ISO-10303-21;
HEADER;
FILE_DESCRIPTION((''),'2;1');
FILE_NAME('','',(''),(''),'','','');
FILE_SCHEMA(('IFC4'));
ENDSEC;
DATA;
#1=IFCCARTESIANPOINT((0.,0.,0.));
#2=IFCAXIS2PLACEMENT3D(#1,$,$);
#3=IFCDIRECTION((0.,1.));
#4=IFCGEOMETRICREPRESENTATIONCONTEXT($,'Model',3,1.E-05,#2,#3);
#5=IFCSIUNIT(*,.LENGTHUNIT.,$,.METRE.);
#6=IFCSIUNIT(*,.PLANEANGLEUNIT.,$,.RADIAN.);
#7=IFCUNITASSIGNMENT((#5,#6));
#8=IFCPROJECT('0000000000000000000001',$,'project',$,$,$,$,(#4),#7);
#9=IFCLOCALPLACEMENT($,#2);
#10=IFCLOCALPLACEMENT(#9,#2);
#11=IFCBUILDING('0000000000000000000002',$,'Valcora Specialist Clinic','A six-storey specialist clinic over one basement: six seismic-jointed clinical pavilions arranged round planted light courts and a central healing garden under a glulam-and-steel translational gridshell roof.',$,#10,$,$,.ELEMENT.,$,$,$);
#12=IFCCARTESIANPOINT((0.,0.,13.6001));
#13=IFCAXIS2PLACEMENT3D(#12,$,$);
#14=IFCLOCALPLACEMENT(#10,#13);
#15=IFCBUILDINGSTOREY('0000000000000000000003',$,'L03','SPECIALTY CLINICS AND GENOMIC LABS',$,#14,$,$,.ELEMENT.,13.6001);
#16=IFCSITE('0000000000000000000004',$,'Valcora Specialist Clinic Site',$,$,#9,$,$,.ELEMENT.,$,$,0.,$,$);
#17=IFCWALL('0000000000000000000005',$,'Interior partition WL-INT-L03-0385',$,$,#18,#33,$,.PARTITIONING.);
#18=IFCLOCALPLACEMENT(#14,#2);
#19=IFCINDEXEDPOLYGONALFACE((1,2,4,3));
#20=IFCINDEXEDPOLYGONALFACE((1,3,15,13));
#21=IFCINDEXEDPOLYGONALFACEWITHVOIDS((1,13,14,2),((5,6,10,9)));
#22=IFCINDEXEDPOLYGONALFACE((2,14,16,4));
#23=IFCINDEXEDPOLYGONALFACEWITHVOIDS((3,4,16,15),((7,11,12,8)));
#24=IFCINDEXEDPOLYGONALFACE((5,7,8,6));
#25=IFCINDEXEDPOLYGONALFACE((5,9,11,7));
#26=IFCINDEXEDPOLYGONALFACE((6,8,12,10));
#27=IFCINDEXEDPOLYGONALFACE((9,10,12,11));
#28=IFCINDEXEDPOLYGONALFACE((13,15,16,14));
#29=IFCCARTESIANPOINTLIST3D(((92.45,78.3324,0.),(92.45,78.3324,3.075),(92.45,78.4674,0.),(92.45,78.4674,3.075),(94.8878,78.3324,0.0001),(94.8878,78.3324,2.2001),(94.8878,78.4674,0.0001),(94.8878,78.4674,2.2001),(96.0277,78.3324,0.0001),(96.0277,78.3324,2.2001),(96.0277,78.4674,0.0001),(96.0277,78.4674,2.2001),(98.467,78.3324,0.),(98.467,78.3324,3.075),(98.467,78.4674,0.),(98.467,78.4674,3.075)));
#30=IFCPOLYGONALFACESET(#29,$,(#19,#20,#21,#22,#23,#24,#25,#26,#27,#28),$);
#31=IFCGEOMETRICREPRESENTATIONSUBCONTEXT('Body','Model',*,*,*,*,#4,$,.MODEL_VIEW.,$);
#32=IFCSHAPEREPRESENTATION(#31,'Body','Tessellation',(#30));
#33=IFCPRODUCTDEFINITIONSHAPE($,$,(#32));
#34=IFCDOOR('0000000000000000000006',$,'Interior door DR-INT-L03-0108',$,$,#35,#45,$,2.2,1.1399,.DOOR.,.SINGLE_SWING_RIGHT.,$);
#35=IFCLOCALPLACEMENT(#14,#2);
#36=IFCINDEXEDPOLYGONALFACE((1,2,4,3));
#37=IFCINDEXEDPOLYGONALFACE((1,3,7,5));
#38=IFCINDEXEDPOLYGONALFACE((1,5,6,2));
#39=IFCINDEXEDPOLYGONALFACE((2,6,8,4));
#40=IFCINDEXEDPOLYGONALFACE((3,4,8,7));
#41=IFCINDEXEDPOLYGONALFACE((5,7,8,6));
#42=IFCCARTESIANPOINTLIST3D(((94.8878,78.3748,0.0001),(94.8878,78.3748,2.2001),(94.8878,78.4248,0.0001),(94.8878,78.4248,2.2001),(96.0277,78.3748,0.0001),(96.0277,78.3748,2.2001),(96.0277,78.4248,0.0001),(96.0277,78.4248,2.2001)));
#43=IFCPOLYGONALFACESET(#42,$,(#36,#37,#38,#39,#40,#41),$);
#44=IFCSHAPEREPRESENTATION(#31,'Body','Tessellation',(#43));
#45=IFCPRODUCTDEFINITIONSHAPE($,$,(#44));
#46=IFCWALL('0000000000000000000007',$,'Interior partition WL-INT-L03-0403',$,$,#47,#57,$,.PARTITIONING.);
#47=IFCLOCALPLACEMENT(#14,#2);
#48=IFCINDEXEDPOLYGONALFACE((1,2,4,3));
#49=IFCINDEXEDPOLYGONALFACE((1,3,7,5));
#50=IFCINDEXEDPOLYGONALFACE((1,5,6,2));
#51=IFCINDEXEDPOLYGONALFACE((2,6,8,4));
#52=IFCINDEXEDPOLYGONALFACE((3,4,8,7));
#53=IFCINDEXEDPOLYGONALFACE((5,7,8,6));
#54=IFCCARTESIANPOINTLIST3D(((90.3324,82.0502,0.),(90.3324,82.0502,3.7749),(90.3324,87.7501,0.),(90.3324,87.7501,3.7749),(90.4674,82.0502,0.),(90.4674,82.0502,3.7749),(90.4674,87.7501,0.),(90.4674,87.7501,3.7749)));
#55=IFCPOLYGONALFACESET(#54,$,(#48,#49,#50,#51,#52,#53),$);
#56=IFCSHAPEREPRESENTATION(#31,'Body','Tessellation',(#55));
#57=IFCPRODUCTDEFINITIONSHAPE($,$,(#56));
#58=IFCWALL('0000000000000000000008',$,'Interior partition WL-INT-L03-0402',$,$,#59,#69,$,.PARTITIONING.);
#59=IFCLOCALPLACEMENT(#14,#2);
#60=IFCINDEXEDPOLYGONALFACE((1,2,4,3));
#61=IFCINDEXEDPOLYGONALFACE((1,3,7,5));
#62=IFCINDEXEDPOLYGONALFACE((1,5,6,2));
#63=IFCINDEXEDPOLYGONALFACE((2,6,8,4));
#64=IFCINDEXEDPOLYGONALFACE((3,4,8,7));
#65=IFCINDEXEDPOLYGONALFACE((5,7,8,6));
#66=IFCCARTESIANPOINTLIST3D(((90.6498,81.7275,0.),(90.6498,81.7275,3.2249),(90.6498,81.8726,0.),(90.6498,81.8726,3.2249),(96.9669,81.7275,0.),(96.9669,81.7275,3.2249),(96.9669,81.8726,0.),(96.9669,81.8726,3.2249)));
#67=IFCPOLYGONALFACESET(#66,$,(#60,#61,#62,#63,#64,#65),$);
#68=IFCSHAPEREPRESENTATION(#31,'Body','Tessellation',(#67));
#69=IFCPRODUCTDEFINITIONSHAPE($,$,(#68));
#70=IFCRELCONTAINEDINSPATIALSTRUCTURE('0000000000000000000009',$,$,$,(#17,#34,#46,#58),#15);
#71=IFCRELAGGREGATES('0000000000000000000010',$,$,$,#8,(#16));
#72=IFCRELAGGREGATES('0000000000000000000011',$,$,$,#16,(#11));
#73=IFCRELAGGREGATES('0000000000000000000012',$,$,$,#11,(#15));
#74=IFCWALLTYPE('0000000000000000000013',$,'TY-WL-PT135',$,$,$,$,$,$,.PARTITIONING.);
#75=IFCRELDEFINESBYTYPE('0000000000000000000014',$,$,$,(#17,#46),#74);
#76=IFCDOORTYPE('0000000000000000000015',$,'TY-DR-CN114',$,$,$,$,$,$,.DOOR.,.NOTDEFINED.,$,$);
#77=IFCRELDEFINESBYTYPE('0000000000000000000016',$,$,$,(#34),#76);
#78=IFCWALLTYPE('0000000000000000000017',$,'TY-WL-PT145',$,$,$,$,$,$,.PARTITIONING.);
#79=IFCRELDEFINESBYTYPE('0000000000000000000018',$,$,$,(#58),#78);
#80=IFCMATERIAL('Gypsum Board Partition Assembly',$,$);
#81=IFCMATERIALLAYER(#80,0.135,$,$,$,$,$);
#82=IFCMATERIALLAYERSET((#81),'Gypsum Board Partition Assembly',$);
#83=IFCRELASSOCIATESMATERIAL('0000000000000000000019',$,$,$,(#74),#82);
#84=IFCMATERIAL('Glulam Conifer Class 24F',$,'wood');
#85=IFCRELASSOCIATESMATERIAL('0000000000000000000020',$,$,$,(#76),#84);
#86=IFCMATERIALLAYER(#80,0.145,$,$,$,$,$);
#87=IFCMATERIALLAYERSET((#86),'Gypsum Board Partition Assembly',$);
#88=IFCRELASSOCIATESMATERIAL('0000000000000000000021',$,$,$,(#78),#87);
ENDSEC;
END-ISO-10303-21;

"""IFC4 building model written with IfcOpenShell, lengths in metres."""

from ifc_helpers import new_model, si_unit, direction, frame, frame_2d, origin, place, context, subcontext, project, spatial, rectangle, extrude, material, layer, layer_set, type_object, element, fill, save


model = new_model("IFC4")

# Units and contexts
model_context = context("Model", 3, precision=1e-05, world=origin(), true_north=direction((0.0, 1.0)))
body_context = subcontext(model_context, "Body", "Model", "MODEL_VIEW")
ifc_project = project(units=[si_unit("LENGTHUNIT", "METRE"), si_unit("PLANEANGLEUNIT", "RADIAN")], contexts=[model_context])

# Site, building, storey
site_placement = place(None, origin())
site = spatial("IfcSite", under=ifc_project, at=site_placement, Name="Valcora Specialist Clinic Site", CompositionType="ELEMENT", RefElevation=0.0)
building_placement = place(site_placement, origin())
building = spatial("IfcBuilding", under=site, at=building_placement, Name="Valcora Specialist Clinic", Description="A six-storey specialist clinic over one basement: six seismic-jointed clinical pavilions arranged round planted light courts and a central healing garden under a glulam-and-steel translational gridshell roof.", CompositionType="ELEMENT")
storey_placement = place(building_placement, frame((0.0, 0.0, 13.6001)))
storey = spatial("IfcBuildingStorey", under=building, at=storey_placement, Name="L03", Description="SPECIALTY CLINICS AND GENOMIC LABS", CompositionType="ELEMENT", Elevation=13.6001)

# Shared definitions
ifc_material_1 = material(Name="Gypsum Board Partition Assembly")

# Shared definitions
ifc_material_2 = material(Name="Glulam Conifer Class 24F", Category="wood")

# Wall, opening, door
ifc_layer_1 = layer(ifc_material_1, 0.135)
ifc_layer_set_1 = layer_set([ifc_layer_1], Name="Gypsum Board Partition Assembly")
wall_type_1 = type_object("IfcWallType", Name="TY-WL-PT135", PredefinedType="PARTITIONING", material=ifc_layer_set_1)
wall_1_placement = place(storey_placement, frame((92.45, 78.3999, 0.0), z_axis=(0.0, 0.0, 1.0), x_axis=(1.0, 0.0, 0.0)))
wall_1 = element("IfcWall", 1, at=wall_1_placement, inside=storey, type_object=wall_type_1, Name="Interior partition WL-INT-L03-0385", PredefinedType="PARTITIONING", context=body_context, shape_type="SweptSolid", body=[
    extrude(rectangle(XDim=6.0171, YDim=0.135, at=frame_2d((3.0085, 0.0))), origin(), (0.0, 0.0, 1.0), 3.075),
])
opening_1_placement = place(wall_1_placement, frame((2.438, 0.0, 0.0)))
opening_1 = element("IfcOpeningElement", 2, at=opening_1_placement, cuts=wall_1, PredefinedType="OPENING", context=body_context, shape_type="SweptSolid", body=[
    extrude(rectangle(XDim=1.1399, YDim=2.2, at=frame_2d((0.5698, 1.1001))), frame((0.0, 0.0774, 0.0), z_axis=(0.0, -1.0, 0.0), x_axis=(1.0, 0.0, 0.0)), (0.0, 0.0, 1.0), 0.155),
])
door_type_1 = type_object("IfcDoorType", Name="TY-DR-CN114", OperationType="NOTDEFINED", PredefinedType="DOOR", material=ifc_material_2)
door_1_placement = place(opening_1_placement, origin())
door_1 = element("IfcDoor", 3, at=door_1_placement, inside=storey, type_object=door_type_1, Name="Interior door DR-INT-L03-0108", OperationType="SINGLE_SWING_RIGHT", OverallHeight=2.2, OverallWidth=1.1399, PredefinedType="DOOR", context=body_context, shape_type="SweptSolid", body=[
    extrude(rectangle(XDim=1.1399, YDim=2.2, at=frame_2d((0.5698, 1.1001))), frame((0.0, 0.0249, 0.0), z_axis=(0.0, -1.0, 0.0), x_axis=(1.0, 0.0, 0.0)), (0.0, 0.0, 1.0), 0.05),
])
fill(opening_1, door_1)

# Walls
wall_2_placement = place(storey_placement, frame((90.3999, 82.05, 0.0), z_axis=(0.0, 0.0, 1.0), x_axis=(0.0, 1.0, 0.0)))
element("IfcWall", 4, at=wall_2_placement, inside=storey, type_object=wall_type_1, Name="Interior partition WL-INT-L03-0403", PredefinedType="PARTITIONING", context=body_context, shape_type="SweptSolid", body=[
    extrude(rectangle(XDim=5.7, YDim=0.135, at=frame_2d((2.8501, 0.0))), origin(), (0.0, 0.0, 1.0), 3.7749),
])
ifc_layer_2 = layer(ifc_material_1, 0.145)
ifc_layer_set_2 = layer_set([ifc_layer_2], Name="Gypsum Board Partition Assembly")
wall_type_2 = type_object("IfcWallType", Name="TY-WL-PT145", PredefinedType="PARTITIONING", material=ifc_layer_set_2)
wall_3_placement = place(storey_placement, frame((96.967, 81.8, 0.0), z_axis=(0.0, 0.0, 1.0), x_axis=(-1.0, 0.0, 0.0)))
element("IfcWall", 5, at=wall_3_placement, inside=storey, type_object=wall_type_2, Name="Interior partition WL-INT-L03-0402", PredefinedType="PARTITIONING", context=body_context, shape_type="SweptSolid", body=[
    extrude(rectangle(XDim=6.3171, YDim=0.145, at=frame_2d((3.1587, 0.0))), origin(), (0.0, 0.0, 1.0), 3.2249),
])

save(model, "model.ifc")
